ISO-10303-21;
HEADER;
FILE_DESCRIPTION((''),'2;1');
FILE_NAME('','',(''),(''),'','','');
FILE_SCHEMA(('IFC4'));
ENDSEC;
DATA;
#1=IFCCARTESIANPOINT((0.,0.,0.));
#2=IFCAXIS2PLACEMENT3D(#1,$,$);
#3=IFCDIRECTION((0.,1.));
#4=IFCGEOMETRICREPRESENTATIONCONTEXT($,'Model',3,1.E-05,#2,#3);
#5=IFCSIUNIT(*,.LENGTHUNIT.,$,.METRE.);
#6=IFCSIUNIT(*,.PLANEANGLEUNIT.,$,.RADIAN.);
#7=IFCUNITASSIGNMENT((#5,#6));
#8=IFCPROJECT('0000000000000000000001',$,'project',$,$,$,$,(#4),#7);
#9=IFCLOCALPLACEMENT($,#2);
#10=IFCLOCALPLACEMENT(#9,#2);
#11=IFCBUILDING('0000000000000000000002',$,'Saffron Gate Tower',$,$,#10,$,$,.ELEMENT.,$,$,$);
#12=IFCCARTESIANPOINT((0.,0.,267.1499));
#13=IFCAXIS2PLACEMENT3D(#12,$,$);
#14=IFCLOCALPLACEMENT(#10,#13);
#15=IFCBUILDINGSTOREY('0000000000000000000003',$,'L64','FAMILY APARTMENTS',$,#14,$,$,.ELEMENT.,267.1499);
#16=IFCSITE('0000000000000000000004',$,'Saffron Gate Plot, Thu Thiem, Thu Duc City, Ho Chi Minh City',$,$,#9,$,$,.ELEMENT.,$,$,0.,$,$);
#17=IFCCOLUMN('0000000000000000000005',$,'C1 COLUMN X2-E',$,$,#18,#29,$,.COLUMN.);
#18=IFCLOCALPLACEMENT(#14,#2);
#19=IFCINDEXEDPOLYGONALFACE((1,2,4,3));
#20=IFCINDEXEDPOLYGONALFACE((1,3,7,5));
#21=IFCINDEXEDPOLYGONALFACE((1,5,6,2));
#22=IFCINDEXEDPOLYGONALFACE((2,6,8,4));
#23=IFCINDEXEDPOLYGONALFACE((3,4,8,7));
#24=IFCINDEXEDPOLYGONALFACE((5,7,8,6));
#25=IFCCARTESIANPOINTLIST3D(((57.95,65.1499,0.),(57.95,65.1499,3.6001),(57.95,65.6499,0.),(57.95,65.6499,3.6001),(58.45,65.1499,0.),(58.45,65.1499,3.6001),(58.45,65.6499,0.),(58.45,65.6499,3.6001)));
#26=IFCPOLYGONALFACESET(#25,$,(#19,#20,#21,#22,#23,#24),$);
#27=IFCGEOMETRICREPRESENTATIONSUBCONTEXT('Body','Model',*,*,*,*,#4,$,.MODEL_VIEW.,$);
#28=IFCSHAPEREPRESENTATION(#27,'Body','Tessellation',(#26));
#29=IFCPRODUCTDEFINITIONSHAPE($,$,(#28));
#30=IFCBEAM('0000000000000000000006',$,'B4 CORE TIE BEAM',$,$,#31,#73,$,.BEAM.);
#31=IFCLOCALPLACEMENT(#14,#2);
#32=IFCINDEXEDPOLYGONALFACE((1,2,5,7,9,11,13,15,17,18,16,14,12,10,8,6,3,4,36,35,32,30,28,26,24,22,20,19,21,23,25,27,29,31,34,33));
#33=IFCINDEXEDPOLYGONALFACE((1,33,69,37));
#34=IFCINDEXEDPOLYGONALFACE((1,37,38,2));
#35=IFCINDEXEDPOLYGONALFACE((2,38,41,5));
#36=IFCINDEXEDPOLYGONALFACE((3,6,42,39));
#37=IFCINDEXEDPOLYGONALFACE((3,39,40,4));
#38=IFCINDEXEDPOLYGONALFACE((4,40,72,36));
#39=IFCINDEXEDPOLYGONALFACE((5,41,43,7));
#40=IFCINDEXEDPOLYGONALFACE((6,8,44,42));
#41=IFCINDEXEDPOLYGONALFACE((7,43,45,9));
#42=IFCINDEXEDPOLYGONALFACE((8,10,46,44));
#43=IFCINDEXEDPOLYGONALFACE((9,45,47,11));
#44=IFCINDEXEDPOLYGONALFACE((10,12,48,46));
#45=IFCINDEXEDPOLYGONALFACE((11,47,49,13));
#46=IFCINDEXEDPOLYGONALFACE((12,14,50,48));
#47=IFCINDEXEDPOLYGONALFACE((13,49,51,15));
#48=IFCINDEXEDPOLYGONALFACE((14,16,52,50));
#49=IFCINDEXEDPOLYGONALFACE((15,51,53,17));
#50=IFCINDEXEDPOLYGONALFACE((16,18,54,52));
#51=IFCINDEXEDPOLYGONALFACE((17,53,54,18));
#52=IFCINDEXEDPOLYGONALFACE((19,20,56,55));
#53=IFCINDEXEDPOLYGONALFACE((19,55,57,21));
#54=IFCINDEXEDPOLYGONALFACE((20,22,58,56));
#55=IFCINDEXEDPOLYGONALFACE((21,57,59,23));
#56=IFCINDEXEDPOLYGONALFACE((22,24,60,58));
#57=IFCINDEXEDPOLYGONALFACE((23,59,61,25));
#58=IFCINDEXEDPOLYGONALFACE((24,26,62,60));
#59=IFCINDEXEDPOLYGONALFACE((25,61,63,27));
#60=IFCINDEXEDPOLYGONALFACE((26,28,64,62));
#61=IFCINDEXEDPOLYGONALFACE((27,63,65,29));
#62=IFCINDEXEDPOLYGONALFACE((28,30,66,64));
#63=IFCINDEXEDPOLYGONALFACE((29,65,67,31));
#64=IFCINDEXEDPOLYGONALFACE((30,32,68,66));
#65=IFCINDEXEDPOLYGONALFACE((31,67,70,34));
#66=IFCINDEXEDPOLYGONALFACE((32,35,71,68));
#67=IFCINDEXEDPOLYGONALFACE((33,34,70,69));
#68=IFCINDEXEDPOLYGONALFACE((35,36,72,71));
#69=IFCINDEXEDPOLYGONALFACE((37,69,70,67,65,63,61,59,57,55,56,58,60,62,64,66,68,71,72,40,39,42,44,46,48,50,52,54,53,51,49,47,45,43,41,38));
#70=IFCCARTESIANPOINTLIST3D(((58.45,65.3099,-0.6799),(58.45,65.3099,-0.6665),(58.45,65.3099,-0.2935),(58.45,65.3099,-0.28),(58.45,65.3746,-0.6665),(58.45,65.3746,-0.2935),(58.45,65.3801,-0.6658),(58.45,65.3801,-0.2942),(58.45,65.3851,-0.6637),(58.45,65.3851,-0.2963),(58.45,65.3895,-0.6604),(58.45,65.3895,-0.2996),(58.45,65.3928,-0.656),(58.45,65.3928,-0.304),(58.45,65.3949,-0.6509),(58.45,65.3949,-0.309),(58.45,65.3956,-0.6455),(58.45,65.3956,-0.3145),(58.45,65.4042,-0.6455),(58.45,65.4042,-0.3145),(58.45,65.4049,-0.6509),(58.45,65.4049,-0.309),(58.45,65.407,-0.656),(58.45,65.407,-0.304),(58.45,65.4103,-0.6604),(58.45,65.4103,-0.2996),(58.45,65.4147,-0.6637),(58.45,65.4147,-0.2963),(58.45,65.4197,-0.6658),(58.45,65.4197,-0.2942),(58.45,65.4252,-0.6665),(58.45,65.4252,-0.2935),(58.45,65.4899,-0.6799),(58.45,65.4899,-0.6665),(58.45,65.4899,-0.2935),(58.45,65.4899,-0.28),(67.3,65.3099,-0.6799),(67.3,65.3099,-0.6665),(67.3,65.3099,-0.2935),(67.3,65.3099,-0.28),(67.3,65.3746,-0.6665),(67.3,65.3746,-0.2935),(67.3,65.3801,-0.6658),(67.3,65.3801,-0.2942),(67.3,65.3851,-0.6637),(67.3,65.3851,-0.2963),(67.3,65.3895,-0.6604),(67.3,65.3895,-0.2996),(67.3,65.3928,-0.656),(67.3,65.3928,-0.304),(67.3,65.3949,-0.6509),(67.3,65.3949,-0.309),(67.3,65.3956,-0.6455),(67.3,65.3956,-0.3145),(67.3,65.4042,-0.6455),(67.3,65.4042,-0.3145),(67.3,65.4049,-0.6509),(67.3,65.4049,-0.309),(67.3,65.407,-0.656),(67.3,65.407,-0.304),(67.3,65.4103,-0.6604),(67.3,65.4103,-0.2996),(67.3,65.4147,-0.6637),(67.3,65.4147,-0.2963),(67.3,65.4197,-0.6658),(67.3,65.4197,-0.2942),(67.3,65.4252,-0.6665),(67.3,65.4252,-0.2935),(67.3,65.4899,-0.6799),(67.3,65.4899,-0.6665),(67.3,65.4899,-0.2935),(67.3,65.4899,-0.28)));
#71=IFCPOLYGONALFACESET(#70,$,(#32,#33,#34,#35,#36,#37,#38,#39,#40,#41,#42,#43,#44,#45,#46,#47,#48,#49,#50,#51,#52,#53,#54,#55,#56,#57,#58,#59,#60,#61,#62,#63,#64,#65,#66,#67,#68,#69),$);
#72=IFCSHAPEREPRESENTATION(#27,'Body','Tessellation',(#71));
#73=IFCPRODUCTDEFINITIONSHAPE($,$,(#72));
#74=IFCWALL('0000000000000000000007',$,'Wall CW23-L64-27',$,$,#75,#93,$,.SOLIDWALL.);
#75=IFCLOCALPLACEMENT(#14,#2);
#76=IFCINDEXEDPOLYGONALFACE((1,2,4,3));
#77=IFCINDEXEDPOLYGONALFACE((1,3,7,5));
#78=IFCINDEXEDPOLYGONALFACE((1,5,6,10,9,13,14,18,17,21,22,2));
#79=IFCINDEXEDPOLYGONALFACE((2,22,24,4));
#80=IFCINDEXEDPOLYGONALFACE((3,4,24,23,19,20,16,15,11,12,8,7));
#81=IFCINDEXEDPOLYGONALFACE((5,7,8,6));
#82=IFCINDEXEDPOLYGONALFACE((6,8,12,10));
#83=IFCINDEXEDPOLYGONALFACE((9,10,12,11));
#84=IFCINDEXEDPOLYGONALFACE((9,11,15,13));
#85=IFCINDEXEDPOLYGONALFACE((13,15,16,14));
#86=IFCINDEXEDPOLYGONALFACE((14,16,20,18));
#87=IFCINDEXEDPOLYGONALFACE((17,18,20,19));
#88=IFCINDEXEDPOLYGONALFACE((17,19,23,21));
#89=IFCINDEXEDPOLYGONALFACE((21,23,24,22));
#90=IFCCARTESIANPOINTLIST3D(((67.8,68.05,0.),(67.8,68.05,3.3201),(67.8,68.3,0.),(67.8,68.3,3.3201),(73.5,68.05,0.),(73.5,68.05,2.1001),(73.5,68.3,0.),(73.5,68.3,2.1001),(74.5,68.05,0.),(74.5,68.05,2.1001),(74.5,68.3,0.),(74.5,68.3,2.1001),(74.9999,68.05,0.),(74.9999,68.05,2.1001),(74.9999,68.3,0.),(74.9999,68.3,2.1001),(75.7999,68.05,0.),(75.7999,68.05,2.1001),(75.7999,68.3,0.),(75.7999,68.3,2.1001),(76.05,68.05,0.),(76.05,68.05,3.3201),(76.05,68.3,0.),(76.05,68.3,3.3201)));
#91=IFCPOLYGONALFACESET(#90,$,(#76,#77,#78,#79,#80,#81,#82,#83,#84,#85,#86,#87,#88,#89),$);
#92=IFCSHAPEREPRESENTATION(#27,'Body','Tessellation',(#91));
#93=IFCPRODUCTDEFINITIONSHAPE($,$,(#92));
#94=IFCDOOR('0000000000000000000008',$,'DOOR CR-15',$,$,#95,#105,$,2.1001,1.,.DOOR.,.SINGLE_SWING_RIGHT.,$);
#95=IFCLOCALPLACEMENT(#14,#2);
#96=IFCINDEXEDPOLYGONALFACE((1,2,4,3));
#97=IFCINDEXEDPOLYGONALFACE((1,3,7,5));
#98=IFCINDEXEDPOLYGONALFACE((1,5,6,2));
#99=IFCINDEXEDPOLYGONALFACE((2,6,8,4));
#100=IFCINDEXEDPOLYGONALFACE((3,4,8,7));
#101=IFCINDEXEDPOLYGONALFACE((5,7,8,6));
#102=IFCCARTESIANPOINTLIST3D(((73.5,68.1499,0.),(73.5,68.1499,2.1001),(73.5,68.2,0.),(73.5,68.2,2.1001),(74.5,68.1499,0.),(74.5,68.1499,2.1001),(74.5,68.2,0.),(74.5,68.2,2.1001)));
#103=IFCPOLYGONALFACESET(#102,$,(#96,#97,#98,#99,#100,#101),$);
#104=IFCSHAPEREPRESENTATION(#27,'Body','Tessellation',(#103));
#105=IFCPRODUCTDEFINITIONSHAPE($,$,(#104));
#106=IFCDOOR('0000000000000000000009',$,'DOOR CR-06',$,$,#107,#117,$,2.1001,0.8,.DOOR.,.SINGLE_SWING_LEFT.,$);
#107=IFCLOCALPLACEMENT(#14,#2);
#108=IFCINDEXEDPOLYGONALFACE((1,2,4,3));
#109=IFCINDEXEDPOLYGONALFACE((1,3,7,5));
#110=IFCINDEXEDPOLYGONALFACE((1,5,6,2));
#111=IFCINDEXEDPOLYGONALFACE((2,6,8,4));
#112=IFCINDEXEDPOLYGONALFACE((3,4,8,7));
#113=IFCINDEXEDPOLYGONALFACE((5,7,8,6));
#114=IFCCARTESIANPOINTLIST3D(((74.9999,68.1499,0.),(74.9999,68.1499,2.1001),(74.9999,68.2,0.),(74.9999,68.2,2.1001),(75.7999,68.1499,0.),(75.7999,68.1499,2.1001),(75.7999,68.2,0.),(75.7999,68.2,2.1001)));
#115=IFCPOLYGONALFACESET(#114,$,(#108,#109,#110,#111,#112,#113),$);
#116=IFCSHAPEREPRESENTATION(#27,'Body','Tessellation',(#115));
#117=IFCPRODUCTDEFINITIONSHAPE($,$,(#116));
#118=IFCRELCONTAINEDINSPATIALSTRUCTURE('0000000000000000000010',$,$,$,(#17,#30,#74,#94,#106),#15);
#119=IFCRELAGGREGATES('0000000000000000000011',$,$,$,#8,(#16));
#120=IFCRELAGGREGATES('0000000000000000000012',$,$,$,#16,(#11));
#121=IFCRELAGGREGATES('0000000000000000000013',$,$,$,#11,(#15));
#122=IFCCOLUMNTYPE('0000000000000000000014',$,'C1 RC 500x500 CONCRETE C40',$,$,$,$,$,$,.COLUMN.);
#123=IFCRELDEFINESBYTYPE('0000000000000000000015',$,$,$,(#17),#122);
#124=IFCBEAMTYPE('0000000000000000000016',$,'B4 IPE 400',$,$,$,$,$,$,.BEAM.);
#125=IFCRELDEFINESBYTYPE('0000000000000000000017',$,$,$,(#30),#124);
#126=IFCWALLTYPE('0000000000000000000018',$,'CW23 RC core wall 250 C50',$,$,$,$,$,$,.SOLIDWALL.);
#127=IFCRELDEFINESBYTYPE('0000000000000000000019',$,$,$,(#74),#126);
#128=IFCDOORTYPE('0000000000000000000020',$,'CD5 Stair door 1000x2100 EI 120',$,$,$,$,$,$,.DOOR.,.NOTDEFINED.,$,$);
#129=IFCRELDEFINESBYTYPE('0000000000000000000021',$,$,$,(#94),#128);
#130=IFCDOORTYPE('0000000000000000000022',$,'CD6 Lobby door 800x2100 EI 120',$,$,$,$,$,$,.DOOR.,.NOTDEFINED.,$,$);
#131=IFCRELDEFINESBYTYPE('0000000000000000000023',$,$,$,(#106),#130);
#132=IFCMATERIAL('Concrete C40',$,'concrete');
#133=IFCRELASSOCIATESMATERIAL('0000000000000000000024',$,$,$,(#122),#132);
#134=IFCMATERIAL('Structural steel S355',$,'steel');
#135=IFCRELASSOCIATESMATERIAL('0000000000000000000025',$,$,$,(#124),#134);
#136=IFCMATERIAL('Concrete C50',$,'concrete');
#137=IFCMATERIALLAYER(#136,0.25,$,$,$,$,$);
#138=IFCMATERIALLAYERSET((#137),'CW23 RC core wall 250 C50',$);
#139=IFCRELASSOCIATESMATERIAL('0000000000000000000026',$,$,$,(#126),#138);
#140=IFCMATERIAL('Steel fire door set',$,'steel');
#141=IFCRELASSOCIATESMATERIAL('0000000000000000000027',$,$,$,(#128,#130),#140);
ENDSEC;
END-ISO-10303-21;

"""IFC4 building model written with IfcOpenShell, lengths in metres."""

from ifc_helpers import new_model, si_unit, direction, frame, frame_2d, origin, origin_2d, place, context, subcontext, project, spatial, rectangle, i_section, extrude, material, layer, layer_set, material_profile, profile_set, type_object, element, fill, save


model = new_model("IFC4")

# Units and contexts
model_context = context("Model", 3, precision=1e-05, world=origin(), true_north=direction((0.0, 1.0)))
body_context = subcontext(model_context, "Body", "Model", "MODEL_VIEW")
ifc_project = project(units=[si_unit("LENGTHUNIT", "METRE"), si_unit("PLANEANGLEUNIT", "RADIAN")], contexts=[model_context])

# Site, building, storey
site_placement = place(None, origin())
site = spatial("IfcSite", under=ifc_project, at=site_placement, Name="Saffron Gate Plot, Thu Thiem, Thu Duc City, Ho Chi Minh City", CompositionType="ELEMENT", RefElevation=0.0)
building_placement = place(site_placement, origin())
building = spatial("IfcBuilding", under=site, at=building_placement, Name="Saffron Gate Tower", CompositionType="ELEMENT")
storey_placement = place(building_placement, frame((0.0, 0.0, 267.1499)))
storey = spatial("IfcBuildingStorey", under=building, at=storey_placement, Name="L64", Description="FAMILY APARTMENTS", CompositionType="ELEMENT", Elevation=267.1499)

# Column
ifc_material_1 = material(Name="Concrete C40", Category="concrete")
ifc_material_profile_1 = material_profile(ifc_material_1, rectangle(XDim=0.5, YDim=0.5, at=origin_2d()))
ifc_profile_set_1 = profile_set([ifc_material_profile_1], Name="Concrete C40")
column_type = type_object("IfcColumnType", Name="C1 RC 500x500 CONCRETE C40", PredefinedType="COLUMN", material=ifc_profile_set_1)
column_placement = place(storey_placement, frame((58.2, 65.3999, 0.0), z_axis=(0.0, 0.0, 1.0), x_axis=(1.0, 0.0, 0.0)))
element("IfcColumn", 1, at=column_placement, inside=storey, type_object=column_type, Name="C1 COLUMN X2-E", PredefinedType="COLUMN", context=body_context, shape_type="SweptSolid", body=[
    extrude(rectangle(XDim=0.5, YDim=0.5, at=origin_2d()), origin(), (0.0, 0.0, 1.0), 3.6001),
])

# Beam
ifc_material_2 = material(Name="Structural steel S355", Category="steel")
ifc_material_profile_2 = material_profile(ifc_material_2, i_section(OverallWidth=0.1799, OverallDepth=0.3999, WebThickness=0.0085, FlangeThickness=0.0134, FilletRadius=0.021, at=origin_2d()))
ifc_profile_set_2 = profile_set([ifc_material_profile_2], Name="Structural steel S355")
beam_type = type_object("IfcBeamType", Name="B4 IPE 400", PredefinedType="BEAM", material=ifc_profile_set_2)
beam_placement = place(storey_placement, frame((58.45, 65.3999, -0.48), z_axis=(1.0, 0.0, 0.0), x_axis=(0.0, 1.0, 0.0)))
element("IfcBeam", 2, at=beam_placement, inside=storey, type_object=beam_type, Name="B4 CORE TIE BEAM", PredefinedType="BEAM", context=body_context, shape_type="SweptSolid", body=[
    extrude(i_section(OverallWidth=0.1799, OverallDepth=0.3999, WebThickness=0.0085, FlangeThickness=0.0134, FilletRadius=0.021, at=origin_2d()), origin(), (0.0, 0.0, 1.0), 8.8501),
])

# Wall, openings, doors
ifc_material_3 = material(Name="Concrete C50", Category="concrete")
ifc_layer_1 = layer(ifc_material_3, 0.25)
ifc_layer_set_1 = layer_set([ifc_layer_1], Name="CW23 RC core wall 250 C50")
wall_type_1 = type_object("IfcWallType", Name="CW23 RC core wall 250 C50", PredefinedType="SOLIDWALL", material=ifc_layer_set_1)
wall_1_placement = place(storey_placement, frame((67.8, 68.175, 0.0), z_axis=(0.0, 0.0, 1.0), x_axis=(1.0, 0.0, 0.0)))
wall_1 = element("IfcWall", 3, at=wall_1_placement, inside=storey, type_object=wall_type_1, Name="Wall CW23-L64-27", PredefinedType="SOLIDWALL", context=body_context, shape_type="SweptSolid", body=[
    extrude(rectangle(XDim=8.25, YDim=0.25, at=frame_2d((4.125, 0.0))), origin(), (0.0, 0.0, 1.0), 3.3201),
])
opening_1_placement = place(wall_1_placement, frame((5.7, 0.0, 0.0)))
opening_1 = element("IfcOpeningElement", 4, at=opening_1_placement, cuts=wall_1, PredefinedType="OPENING", context=body_context, shape_type="SweptSolid", body=[
    extrude(rectangle(XDim=1.0, YDim=2.1001, at=frame_2d((0.5, 1.05))), frame((0.0, 0.135, 0.0), z_axis=(0.0, -1.0, 0.0), x_axis=(1.0, 0.0, 0.0)), (0.0, 0.0, 1.0), 0.27),
])
opening_2_placement = place(wall_1_placement, frame((7.2, 0.0, 0.0)))
opening_2 = element("IfcOpeningElement", 5, at=opening_2_placement, cuts=wall_1, PredefinedType="OPENING", context=body_context, shape_type="SweptSolid", body=[
    extrude(rectangle(XDim=0.8, YDim=2.1001, at=frame_2d((0.3999, 1.05))), frame((0.0, 0.135, 0.0), z_axis=(0.0, -1.0, 0.0), x_axis=(1.0, 0.0, 0.0)), (0.0, 0.0, 1.0), 0.27),
])
ifc_material_4 = material(Name="Steel fire door set", Category="steel")
door_type_1 = type_object("IfcDoorType", Name="CD5 Stair door 1000x2100 EI 120", OperationType="NOTDEFINED", PredefinedType="DOOR", material=ifc_material_4)
door_1_placement = place(opening_1_placement, origin())
door_1 = element("IfcDoor", 6, at=door_1_placement, inside=storey, type_object=door_type_1, Name="DOOR CR-15", OperationType="SINGLE_SWING_RIGHT", OverallHeight=2.1001, OverallWidth=1.0, PredefinedType="DOOR", context=body_context, shape_type="SweptSolid", body=[
    extrude(rectangle(XDim=1.0, YDim=2.1001, at=frame_2d((0.5, 1.05))), frame((0.0, 0.0249, 0.0), z_axis=(0.0, -1.0, 0.0), x_axis=(1.0, 0.0, 0.0)), (0.0, 0.0, 1.0), 0.05),
])
fill(opening_1, door_1)
door_type_2 = type_object("IfcDoorType", Name="CD6 Lobby door 800x2100 EI 120", OperationType="NOTDEFINED", PredefinedType="DOOR", material=ifc_material_4)
door_2_placement = place(opening_2_placement, origin())
door_2 = element("IfcDoor", 7, at=door_2_placement, inside=storey, type_object=door_type_2, Name="DOOR CR-06", OperationType="SINGLE_SWING_LEFT", OverallHeight=2.1001, OverallWidth=0.8, PredefinedType="DOOR", context=body_context, shape_type="SweptSolid", body=[
    extrude(rectangle(XDim=0.8, YDim=2.1001, at=frame_2d((0.3999, 1.05))), frame((0.0, 0.0249, 0.0), z_axis=(0.0, -1.0, 0.0), x_axis=(1.0, 0.0, 0.0)), (0.0, 0.0, 1.0), 0.05),
])
fill(opening_2, door_2)

save(model, "model.ifc")
